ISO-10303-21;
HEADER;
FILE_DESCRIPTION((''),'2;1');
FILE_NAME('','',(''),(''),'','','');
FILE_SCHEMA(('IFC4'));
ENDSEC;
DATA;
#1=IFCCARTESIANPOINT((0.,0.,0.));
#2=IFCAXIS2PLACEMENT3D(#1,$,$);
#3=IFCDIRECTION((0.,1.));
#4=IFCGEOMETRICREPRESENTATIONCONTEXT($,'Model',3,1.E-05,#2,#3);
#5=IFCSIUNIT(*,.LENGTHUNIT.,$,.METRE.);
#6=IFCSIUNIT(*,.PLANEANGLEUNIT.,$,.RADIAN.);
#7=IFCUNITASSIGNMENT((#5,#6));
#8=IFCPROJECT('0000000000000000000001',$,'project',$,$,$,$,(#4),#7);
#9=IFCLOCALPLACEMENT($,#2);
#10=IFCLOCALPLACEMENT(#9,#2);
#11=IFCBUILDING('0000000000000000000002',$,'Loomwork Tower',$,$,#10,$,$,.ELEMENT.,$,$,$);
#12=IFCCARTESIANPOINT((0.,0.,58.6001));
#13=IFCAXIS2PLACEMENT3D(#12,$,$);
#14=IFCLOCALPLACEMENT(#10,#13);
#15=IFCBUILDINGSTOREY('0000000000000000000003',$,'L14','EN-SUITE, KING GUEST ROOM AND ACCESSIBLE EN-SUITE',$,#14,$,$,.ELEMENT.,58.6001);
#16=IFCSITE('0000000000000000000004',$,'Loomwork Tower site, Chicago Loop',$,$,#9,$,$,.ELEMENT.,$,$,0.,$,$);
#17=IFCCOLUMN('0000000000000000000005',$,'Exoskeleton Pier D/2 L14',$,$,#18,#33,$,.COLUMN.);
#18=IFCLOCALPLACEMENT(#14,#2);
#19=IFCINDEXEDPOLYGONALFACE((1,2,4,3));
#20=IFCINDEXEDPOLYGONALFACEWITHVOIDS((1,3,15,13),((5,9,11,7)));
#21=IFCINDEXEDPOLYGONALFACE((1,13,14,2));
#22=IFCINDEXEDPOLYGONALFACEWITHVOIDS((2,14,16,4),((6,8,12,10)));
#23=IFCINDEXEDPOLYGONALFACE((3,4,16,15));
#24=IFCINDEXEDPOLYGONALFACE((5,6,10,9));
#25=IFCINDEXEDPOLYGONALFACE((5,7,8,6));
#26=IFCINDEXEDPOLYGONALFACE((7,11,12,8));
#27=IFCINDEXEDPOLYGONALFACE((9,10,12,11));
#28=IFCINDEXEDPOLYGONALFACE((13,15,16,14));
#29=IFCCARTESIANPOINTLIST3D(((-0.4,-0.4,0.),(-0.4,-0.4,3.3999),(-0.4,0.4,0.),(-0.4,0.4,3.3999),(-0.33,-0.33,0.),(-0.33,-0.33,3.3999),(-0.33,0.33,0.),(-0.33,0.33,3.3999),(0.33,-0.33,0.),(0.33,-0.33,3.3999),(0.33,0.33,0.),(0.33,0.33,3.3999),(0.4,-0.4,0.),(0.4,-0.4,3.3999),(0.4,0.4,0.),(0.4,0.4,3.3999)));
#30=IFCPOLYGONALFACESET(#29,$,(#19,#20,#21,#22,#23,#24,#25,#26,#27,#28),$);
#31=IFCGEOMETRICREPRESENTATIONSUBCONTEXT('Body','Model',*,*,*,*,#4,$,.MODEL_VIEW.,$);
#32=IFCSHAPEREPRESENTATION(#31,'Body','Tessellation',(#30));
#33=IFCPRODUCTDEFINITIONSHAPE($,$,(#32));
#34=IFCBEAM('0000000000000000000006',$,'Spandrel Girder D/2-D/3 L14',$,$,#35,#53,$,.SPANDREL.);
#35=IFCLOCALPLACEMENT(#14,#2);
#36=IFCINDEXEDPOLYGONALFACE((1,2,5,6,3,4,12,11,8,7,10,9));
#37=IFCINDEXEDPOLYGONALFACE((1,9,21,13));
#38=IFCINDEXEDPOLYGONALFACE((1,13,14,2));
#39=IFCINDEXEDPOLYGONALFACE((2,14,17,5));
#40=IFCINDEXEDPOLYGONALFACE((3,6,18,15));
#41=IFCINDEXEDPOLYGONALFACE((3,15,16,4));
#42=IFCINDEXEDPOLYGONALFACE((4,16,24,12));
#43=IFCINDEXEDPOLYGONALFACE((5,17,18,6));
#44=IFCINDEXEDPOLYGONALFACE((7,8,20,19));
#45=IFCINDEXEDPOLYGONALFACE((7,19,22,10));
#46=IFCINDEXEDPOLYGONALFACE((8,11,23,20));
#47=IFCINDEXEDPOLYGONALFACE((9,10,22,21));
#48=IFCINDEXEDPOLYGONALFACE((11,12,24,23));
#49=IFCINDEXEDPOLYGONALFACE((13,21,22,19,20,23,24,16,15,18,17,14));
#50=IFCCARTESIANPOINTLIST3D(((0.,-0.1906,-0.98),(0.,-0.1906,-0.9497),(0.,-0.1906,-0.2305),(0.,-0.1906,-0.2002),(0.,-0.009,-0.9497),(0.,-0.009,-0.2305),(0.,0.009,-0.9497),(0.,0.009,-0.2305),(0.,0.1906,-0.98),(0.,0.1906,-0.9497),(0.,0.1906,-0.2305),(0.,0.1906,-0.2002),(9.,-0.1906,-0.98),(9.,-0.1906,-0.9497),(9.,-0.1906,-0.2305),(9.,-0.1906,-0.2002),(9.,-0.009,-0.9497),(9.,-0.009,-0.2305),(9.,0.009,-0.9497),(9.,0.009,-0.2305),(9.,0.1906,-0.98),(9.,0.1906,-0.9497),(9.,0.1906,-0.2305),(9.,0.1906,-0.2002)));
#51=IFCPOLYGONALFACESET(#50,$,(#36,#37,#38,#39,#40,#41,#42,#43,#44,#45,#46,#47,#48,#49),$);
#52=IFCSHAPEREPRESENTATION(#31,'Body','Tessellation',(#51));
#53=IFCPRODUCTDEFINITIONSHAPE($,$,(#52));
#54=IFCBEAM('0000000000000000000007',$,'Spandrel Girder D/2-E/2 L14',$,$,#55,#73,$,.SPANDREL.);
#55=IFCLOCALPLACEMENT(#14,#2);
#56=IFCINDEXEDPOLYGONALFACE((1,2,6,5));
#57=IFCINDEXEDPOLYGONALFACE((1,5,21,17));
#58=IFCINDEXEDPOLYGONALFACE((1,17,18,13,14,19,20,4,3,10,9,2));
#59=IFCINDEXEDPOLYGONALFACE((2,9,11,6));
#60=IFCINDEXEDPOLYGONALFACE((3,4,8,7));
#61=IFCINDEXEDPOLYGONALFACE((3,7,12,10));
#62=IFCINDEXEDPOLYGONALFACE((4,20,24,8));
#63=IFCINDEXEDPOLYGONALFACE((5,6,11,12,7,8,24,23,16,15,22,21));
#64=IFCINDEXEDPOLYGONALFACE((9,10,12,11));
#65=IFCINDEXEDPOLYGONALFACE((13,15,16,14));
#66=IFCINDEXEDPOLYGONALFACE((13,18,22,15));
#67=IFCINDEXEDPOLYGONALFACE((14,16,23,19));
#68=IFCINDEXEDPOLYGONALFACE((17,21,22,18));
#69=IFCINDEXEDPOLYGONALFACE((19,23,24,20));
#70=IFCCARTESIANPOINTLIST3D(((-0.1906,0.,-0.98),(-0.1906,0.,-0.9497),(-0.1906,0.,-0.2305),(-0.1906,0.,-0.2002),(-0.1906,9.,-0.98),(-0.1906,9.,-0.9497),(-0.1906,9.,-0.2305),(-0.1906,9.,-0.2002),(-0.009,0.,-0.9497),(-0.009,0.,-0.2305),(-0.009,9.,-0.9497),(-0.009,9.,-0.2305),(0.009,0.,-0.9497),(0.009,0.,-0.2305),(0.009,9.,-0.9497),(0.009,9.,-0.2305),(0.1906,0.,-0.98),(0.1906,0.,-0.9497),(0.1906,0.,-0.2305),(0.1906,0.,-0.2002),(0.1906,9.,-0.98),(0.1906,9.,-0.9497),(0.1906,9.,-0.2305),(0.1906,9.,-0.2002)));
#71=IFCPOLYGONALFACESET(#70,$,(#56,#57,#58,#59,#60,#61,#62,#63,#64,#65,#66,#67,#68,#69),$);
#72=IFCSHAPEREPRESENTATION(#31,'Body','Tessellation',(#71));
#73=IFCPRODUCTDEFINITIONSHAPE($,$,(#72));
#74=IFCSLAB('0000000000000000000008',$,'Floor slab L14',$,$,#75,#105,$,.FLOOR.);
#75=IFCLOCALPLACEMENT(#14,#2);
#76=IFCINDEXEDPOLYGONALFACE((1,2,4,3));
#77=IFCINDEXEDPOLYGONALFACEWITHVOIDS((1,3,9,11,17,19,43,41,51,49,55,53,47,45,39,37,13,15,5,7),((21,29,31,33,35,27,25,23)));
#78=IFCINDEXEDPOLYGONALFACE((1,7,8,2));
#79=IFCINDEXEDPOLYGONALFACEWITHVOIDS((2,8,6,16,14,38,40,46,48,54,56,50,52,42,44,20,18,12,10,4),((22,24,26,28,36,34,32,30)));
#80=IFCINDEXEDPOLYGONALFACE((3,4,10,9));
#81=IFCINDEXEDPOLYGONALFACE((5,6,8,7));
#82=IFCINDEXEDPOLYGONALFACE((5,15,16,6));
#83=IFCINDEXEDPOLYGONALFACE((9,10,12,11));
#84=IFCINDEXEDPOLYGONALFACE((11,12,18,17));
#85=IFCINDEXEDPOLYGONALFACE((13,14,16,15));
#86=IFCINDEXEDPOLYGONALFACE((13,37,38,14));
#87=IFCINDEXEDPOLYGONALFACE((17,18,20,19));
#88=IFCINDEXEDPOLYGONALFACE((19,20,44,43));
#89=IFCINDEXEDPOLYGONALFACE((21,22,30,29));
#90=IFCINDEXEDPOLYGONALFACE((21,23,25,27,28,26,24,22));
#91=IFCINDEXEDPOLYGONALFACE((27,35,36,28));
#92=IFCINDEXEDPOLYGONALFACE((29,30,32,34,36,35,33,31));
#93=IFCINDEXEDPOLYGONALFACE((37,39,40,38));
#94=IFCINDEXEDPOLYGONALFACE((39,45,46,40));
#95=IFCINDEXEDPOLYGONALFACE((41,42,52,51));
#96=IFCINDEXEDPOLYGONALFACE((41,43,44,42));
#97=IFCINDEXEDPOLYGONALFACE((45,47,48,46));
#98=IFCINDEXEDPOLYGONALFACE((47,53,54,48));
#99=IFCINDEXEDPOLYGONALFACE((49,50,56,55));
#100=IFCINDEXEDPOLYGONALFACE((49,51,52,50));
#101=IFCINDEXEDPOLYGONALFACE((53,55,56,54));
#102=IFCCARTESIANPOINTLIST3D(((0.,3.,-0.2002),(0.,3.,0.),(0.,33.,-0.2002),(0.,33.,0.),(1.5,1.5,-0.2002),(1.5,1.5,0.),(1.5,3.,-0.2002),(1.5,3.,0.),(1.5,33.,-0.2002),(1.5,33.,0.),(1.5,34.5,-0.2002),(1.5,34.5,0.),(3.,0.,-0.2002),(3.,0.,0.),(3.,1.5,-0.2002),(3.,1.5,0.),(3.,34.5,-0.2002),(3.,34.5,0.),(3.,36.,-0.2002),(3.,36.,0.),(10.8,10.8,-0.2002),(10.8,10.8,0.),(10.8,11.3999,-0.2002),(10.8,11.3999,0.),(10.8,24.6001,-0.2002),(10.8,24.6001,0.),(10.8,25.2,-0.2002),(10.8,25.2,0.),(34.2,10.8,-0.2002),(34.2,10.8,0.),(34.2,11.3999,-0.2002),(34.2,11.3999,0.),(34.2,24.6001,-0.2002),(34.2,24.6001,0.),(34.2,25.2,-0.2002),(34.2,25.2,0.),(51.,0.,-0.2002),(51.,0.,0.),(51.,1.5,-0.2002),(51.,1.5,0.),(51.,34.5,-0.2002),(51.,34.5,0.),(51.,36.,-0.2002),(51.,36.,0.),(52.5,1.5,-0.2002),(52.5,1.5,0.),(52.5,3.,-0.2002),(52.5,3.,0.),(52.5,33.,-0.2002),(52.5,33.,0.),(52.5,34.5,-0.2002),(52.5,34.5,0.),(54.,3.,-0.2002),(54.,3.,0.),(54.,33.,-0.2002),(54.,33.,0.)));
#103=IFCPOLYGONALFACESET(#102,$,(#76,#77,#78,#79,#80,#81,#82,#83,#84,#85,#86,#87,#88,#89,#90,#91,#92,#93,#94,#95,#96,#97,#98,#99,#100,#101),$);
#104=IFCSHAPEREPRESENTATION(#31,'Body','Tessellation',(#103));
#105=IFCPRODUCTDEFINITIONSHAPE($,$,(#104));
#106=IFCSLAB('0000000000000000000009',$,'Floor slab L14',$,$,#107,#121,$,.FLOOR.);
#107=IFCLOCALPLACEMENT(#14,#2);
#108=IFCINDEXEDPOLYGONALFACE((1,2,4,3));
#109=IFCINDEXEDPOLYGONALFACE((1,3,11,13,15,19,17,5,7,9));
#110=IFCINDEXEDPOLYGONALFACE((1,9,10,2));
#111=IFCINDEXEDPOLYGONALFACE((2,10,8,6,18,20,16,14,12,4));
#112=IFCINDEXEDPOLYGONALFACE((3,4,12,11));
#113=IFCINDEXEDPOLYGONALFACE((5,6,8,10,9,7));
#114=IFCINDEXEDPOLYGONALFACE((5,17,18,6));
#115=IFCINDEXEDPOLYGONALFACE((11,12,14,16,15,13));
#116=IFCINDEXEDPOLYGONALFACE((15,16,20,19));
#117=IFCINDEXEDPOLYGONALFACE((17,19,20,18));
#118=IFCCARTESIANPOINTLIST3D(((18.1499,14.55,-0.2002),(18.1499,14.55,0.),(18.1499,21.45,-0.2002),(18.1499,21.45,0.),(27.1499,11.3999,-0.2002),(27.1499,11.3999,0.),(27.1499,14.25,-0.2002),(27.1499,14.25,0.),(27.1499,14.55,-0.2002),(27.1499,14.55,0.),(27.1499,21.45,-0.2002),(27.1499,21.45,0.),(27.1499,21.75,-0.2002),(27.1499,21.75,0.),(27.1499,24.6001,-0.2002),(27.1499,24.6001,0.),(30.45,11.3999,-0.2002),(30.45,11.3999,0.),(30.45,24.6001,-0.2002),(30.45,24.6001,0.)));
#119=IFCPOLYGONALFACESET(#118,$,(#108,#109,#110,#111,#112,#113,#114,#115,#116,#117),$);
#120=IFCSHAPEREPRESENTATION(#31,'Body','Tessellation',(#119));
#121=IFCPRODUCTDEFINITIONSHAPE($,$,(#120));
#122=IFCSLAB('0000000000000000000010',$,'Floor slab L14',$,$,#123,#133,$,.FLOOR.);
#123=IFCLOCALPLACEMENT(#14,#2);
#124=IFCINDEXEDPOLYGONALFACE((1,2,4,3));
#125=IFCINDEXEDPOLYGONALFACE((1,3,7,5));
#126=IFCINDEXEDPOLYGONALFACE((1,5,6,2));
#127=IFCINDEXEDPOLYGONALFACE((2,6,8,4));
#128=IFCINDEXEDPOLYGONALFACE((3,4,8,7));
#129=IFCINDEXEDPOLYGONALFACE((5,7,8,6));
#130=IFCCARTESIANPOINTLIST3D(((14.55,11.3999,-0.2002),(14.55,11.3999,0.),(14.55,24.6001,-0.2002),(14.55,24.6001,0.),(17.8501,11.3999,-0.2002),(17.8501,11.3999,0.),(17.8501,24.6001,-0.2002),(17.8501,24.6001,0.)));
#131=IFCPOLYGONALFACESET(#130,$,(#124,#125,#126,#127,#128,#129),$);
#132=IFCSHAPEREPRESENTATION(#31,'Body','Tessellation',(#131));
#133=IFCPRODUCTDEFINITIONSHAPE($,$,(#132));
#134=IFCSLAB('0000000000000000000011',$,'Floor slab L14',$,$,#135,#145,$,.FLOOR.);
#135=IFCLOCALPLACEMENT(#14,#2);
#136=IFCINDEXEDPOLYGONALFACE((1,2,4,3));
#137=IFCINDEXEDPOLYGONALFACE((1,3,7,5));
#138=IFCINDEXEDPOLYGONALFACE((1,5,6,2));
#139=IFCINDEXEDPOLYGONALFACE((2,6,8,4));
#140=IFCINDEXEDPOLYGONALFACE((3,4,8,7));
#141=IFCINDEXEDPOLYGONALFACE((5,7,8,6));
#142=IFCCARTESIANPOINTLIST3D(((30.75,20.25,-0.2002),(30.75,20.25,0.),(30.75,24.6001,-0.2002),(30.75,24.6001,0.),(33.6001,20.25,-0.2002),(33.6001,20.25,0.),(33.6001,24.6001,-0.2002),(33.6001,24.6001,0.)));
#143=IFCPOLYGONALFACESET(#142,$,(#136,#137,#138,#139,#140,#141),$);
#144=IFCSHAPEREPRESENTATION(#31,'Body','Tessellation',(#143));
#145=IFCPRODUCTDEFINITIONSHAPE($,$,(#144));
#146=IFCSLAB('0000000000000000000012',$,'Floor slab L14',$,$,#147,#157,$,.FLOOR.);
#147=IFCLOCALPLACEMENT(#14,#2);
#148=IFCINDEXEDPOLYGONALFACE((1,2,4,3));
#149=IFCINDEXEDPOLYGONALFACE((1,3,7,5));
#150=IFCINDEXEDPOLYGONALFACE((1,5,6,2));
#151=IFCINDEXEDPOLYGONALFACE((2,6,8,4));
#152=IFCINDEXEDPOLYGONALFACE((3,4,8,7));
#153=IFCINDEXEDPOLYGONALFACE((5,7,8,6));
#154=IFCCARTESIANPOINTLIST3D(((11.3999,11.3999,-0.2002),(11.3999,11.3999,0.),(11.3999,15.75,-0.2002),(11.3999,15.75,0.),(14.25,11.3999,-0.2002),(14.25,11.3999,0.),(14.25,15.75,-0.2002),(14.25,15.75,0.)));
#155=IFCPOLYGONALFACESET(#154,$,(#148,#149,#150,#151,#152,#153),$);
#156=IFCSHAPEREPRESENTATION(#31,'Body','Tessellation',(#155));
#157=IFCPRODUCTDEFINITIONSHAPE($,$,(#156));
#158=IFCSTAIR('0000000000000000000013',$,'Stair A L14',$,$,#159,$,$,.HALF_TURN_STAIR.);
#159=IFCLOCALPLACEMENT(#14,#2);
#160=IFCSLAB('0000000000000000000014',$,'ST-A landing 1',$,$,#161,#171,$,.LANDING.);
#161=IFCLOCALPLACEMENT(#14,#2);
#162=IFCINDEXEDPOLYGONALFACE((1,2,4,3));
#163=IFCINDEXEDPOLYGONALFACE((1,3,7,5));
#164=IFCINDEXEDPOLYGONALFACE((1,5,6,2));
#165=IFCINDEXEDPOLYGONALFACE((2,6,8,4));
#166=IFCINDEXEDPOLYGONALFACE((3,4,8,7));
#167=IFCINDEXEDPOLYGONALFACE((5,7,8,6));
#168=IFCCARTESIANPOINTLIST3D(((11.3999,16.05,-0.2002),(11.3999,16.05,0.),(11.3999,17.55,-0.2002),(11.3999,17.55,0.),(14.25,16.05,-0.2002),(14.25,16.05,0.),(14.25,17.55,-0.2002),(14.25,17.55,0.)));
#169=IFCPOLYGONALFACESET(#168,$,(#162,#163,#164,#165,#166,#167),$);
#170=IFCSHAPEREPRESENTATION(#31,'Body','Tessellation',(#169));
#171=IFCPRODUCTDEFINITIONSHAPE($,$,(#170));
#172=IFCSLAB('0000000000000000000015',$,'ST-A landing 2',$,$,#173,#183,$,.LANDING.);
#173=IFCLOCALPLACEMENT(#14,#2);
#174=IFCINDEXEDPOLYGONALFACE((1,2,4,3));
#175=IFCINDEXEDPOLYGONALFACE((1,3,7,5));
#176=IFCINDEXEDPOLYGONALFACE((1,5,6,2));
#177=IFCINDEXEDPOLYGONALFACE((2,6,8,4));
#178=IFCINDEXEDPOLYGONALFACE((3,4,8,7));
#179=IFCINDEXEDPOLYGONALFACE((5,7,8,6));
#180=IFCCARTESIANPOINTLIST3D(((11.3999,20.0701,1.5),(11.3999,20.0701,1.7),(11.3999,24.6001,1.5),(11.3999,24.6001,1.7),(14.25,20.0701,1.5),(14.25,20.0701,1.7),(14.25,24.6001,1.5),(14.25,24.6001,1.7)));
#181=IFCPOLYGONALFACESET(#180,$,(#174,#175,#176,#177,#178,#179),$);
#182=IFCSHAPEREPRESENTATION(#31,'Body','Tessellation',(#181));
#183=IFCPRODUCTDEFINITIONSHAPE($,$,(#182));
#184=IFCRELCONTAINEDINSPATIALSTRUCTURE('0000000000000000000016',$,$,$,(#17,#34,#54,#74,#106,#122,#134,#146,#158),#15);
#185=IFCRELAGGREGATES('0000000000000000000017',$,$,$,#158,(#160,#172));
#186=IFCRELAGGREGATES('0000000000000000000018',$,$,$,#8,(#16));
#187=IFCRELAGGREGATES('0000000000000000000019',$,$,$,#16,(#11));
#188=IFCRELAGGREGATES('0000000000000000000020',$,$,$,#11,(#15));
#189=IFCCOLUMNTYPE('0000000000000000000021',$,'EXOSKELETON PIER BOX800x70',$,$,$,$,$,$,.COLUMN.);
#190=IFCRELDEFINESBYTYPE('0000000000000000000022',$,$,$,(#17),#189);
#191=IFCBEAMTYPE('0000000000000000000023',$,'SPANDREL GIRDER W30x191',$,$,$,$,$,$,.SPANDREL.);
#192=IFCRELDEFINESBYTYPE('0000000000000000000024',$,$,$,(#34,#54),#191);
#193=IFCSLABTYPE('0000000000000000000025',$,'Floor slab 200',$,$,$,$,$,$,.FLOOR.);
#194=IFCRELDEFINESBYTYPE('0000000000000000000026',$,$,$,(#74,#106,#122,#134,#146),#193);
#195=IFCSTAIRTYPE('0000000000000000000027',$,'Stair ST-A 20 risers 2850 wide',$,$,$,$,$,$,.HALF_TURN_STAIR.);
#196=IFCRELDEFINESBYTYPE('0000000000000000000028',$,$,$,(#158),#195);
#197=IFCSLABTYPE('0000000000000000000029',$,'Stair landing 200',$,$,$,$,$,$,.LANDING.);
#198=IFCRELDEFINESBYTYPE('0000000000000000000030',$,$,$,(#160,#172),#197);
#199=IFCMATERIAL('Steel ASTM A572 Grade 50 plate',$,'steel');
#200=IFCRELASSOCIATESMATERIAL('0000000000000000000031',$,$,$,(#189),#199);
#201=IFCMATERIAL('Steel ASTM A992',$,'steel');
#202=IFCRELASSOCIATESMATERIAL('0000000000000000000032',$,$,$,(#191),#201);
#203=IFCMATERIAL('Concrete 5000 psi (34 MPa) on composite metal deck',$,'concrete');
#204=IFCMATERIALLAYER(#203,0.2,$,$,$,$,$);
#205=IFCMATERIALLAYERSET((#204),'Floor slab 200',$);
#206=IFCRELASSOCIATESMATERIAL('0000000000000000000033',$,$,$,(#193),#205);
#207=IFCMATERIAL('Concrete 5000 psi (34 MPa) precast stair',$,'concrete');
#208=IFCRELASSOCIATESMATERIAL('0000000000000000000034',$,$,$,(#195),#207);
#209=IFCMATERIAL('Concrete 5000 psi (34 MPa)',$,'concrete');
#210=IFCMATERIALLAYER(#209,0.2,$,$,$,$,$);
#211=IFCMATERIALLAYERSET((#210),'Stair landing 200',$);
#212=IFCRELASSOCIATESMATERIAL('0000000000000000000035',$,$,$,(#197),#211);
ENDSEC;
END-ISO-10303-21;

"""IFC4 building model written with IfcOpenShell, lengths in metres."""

from ifc_helpers import new_model, si_unit, direction, frame, origin, origin_with_axes, origin_2d, place, context, subcontext, project, spatial, polyline, hollow_rectangle, i_section, outline, extrude, material, layer, layer_set, material_profile, profile_set, type_object, element, aggregate, save


model = new_model("IFC4")

# Units and contexts
model_context = context("Model", 3, precision=1e-05, world=origin(), true_north=direction((0.0, 1.0)))
body_context = subcontext(model_context, "Body", "Model", "MODEL_VIEW")
ifc_project = project(units=[si_unit("LENGTHUNIT", "METRE"), si_unit("PLANEANGLEUNIT", "RADIAN")], contexts=[model_context])

# Site, building, storey
site_placement = place(None, origin())
site = spatial("IfcSite", under=ifc_project, at=site_placement, Name="Loomwork Tower site, Chicago Loop", CompositionType="ELEMENT", RefElevation=0.0)
building_placement = place(site_placement, origin())
building = spatial("IfcBuilding", under=site, at=building_placement, Name="Loomwork Tower", CompositionType="ELEMENT")
storey_placement = place(building_placement, frame((0.0, 0.0, 58.6001)))
storey = spatial("IfcBuildingStorey", under=building, at=storey_placement, Name="L14", Description="EN-SUITE, KING GUEST ROOM AND ACCESSIBLE EN-SUITE", CompositionType="ELEMENT", Elevation=58.6001)

# Column
ifc_material_1 = material(Name="Steel ASTM A572 Grade 50 plate", Category="steel")
ifc_material_profile_1 = material_profile(ifc_material_1, hollow_rectangle(XDim=0.8, YDim=0.8, WallThickness=0.0701, at=origin_2d()), Name="BOX800x70")
ifc_profile_set_1 = profile_set([ifc_material_profile_1], Name="Steel ASTM A572 Grade 50 plate")
column_type = type_object("IfcColumnType", Name="EXOSKELETON PIER BOX800x70", PredefinedType="COLUMN", material=ifc_profile_set_1)
column_placement = place(storey_placement, origin_with_axes())
element("IfcColumn", 1, at=column_placement, inside=storey, type_object=column_type, Name="Exoskeleton Pier D/2 L14", PredefinedType="COLUMN", context=body_context, shape_type="SweptSolid", body=[
    extrude(hollow_rectangle(XDim=0.8, YDim=0.8, WallThickness=0.0701, at=origin_2d()), origin(), (0.0, 0.0, 1.0), 3.3999),
])

# Beams
ifc_material_2 = material(Name="Steel ASTM A992", Category="steel")
ifc_material_profile_2 = material_profile(ifc_material_2, i_section(OverallWidth=0.3811, OverallDepth=0.7798, WebThickness=0.0181, FlangeThickness=0.0303, at=origin_2d()), Name="W30x191")
ifc_profile_set_2 = profile_set([ifc_material_profile_2], Name="Steel ASTM A992")
beam_type = type_object("IfcBeamType", Name="SPANDREL GIRDER W30x191", PredefinedType="SPANDREL", material=ifc_profile_set_2)
for number, where, z_axis, x_axis, name in (
    (2, (0.0, 0.0, -0.5901), (1.0, 0.0, 0.0), (0.0, 1.0, 0.0), "Spandrel Girder D/2-D/3 L14"),
    (3, (0.0, 0.0, -0.5901), (0.0, 1.0, 0.0), (-1.0, 0.0, 0.0), "Spandrel Girder D/2-E/2 L14"),
):
    element("IfcBeam", number, at=place(storey_placement, frame(where, z_axis=z_axis, x_axis=x_axis)), inside=storey, type_object=beam_type, Name=name, PredefinedType="SPANDREL", context=body_context, shape_type="SweptSolid", body=[
        extrude(i_section(OverallWidth=0.3811, OverallDepth=0.7798, WebThickness=0.0181, FlangeThickness=0.0303, at=origin_2d()), origin(), (0.0, 0.0, 1.0), 9.0),
    ])

# Slabs
ifc_material_3 = material(Name="Concrete 5000 psi (34 MPa) on composite metal deck", Category="concrete")
ifc_layer_1 = layer(ifc_material_3, 0.2)
ifc_layer_set_1 = layer_set([ifc_layer_1], Name="Floor slab 200")
slab_type_1 = type_object("IfcSlabType", Name="Floor slab 200", PredefinedType="FLOOR", material=ifc_layer_set_1)
slab_1_placement = place(storey_placement, frame((0.0, 0.0, -0.2002)))
element("IfcSlab", 4, at=slab_1_placement, inside=storey, type_object=slab_type_1, Name="Floor slab L14", PredefinedType="FLOOR", context=body_context, shape_type="SweptSolid", body=[
    extrude(outline(polyline([(3.0, 1.5), (1.5, 1.5), (1.5, 3.0), (0.0, 3.0), (0.0, 33.0), (1.5, 33.0), (1.5, 34.5), (3.0, 34.5), (3.0, 36.0), (51.0, 36.0), (51.0, 34.5), (52.5, 34.5), (52.5, 33.0), (54.0, 33.0), (54.0, 3.0), (52.5, 3.0), (52.5, 1.5), (51.0, 1.5), (51.0, 0.0), (3.0, 0.0), (3.0, 1.5)]), holes=[polyline([(10.8, 11.3999), (10.8, 11.3999), (10.8, 10.8), (34.2, 10.8), (34.2, 11.3999), (34.2, 11.3999), (34.2, 24.6001), (34.2, 25.2), (10.8, 25.2), (10.8, 24.6001), (10.8, 11.3999)])]), origin(), (0.0, 0.0, 1.0), 0.2002),
])
slab_2_placement = place(storey_placement, frame((0.0, 0.0, -0.2002)))
element("IfcSlab", 5, at=slab_2_placement, inside=storey, type_object=slab_type_1, Name="Floor slab L14", PredefinedType="FLOOR", context=body_context, shape_type="SweptSolid", body=[
    extrude(outline(polyline([(30.45, 24.6001), (30.45, 11.3999), (27.1499, 11.3999), (27.1499, 14.25), (27.1499, 14.55), (18.1499, 14.55), (18.1499, 21.45), (27.1499, 21.45), (27.1499, 21.75), (27.1499, 24.6001), (30.45, 24.6001)])), origin(), (0.0, 0.0, 1.0), 0.2002),
])
slab_3_placement = place(storey_placement, frame((0.0, 0.0, -0.2002)))
element("IfcSlab", 6, at=slab_3_placement, inside=storey, type_object=slab_type_1, Name="Floor slab L14", PredefinedType="FLOOR", context=body_context, shape_type="SweptSolid", body=[
    extrude(outline(polyline([(14.55, 11.3999), (14.55, 24.6001), (17.8501, 24.6001), (17.8501, 11.3999), (14.55, 11.3999)])), origin(), (0.0, 0.0, 1.0), 0.2002),
])
slab_4_placement = place(storey_placement, frame((0.0, 0.0, -0.2002)))
element("IfcSlab", 7, at=slab_4_placement, inside=storey, type_object=slab_type_1, Name="Floor slab L14", PredefinedType="FLOOR", context=body_context, shape_type="SweptSolid", body=[
    extrude(outline(polyline([(33.6001, 20.25), (30.75, 20.25), (30.75, 24.6001), (33.6001, 24.6001), (33.6001, 20.25)])), origin(), (0.0, 0.0, 1.0), 0.2002),
])
slab_5_placement = place(storey_placement, frame((0.0, 0.0, -0.2002)))
element("IfcSlab", 8, at=slab_5_placement, inside=storey, type_object=slab_type_1, Name="Floor slab L14", PredefinedType="FLOOR", context=body_context, shape_type="SweptSolid", body=[
    extrude(outline(polyline([(14.25, 15.75), (14.25, 11.3999), (11.3999, 11.3999), (11.3999, 15.75), (14.25, 15.75)])), origin(), (0.0, 0.0, 1.0), 0.2002),
])

# Stair, slabs
ifc_material_4 = material(Name="Concrete 5000 psi (34 MPa) precast stair", Category="concrete")
stair_type_1 = type_object("IfcStairType", Name="Stair ST-A 20 risers 2850 wide", PredefinedType="HALF_TURN_STAIR", material=ifc_material_4)
stair_1_placement = place(storey_placement, origin())
stair_1 = element("IfcStair", 9, at=stair_1_placement, inside=storey, type_object=stair_type_1, Name="Stair A L14", PredefinedType="HALF_TURN_STAIR")
ifc_material_5 = material(Name="Concrete 5000 psi (34 MPa)", Category="concrete")
ifc_layer_2 = layer(ifc_material_5, 0.2)
ifc_layer_set_2 = layer_set([ifc_layer_2], Name="Stair landing 200")
slab_type_2 = type_object("IfcSlabType", Name="Stair landing 200", PredefinedType="LANDING", material=ifc_layer_set_2)
slab_6_placement = place(storey_placement, frame((0.0, 0.0, -0.2002)))
slab_6 = element("IfcSlab", 10, at=slab_6_placement, type_object=slab_type_2, Name="ST-A landing 1", PredefinedType="LANDING", context=body_context, shape_type="SweptSolid", body=[
    extrude(outline(polyline([(11.3999, 16.05), (14.25, 16.05), (14.25, 17.55), (11.3999, 17.55), (11.3999, 16.05)])), origin(), (0.0, 0.0, 1.0), 0.2002),
])
slab_7_placement = place(storey_placement, frame((0.0, 0.0, 1.5)))
slab_7 = element("IfcSlab", 11, at=slab_7_placement, type_object=slab_type_2, Name="ST-A landing 2", PredefinedType="LANDING", context=body_context, shape_type="SweptSolid", body=[
    extrude(outline(polyline([(11.3999, 20.0701), (14.25, 20.0701), (14.25, 24.6001), (11.3999, 24.6001), (11.3999, 20.0701)])), origin(), (0.0, 0.0, 1.0), 0.2),
])
aggregate(stair_1, [slab_6, slab_7])

save(model, "model.ifc")
